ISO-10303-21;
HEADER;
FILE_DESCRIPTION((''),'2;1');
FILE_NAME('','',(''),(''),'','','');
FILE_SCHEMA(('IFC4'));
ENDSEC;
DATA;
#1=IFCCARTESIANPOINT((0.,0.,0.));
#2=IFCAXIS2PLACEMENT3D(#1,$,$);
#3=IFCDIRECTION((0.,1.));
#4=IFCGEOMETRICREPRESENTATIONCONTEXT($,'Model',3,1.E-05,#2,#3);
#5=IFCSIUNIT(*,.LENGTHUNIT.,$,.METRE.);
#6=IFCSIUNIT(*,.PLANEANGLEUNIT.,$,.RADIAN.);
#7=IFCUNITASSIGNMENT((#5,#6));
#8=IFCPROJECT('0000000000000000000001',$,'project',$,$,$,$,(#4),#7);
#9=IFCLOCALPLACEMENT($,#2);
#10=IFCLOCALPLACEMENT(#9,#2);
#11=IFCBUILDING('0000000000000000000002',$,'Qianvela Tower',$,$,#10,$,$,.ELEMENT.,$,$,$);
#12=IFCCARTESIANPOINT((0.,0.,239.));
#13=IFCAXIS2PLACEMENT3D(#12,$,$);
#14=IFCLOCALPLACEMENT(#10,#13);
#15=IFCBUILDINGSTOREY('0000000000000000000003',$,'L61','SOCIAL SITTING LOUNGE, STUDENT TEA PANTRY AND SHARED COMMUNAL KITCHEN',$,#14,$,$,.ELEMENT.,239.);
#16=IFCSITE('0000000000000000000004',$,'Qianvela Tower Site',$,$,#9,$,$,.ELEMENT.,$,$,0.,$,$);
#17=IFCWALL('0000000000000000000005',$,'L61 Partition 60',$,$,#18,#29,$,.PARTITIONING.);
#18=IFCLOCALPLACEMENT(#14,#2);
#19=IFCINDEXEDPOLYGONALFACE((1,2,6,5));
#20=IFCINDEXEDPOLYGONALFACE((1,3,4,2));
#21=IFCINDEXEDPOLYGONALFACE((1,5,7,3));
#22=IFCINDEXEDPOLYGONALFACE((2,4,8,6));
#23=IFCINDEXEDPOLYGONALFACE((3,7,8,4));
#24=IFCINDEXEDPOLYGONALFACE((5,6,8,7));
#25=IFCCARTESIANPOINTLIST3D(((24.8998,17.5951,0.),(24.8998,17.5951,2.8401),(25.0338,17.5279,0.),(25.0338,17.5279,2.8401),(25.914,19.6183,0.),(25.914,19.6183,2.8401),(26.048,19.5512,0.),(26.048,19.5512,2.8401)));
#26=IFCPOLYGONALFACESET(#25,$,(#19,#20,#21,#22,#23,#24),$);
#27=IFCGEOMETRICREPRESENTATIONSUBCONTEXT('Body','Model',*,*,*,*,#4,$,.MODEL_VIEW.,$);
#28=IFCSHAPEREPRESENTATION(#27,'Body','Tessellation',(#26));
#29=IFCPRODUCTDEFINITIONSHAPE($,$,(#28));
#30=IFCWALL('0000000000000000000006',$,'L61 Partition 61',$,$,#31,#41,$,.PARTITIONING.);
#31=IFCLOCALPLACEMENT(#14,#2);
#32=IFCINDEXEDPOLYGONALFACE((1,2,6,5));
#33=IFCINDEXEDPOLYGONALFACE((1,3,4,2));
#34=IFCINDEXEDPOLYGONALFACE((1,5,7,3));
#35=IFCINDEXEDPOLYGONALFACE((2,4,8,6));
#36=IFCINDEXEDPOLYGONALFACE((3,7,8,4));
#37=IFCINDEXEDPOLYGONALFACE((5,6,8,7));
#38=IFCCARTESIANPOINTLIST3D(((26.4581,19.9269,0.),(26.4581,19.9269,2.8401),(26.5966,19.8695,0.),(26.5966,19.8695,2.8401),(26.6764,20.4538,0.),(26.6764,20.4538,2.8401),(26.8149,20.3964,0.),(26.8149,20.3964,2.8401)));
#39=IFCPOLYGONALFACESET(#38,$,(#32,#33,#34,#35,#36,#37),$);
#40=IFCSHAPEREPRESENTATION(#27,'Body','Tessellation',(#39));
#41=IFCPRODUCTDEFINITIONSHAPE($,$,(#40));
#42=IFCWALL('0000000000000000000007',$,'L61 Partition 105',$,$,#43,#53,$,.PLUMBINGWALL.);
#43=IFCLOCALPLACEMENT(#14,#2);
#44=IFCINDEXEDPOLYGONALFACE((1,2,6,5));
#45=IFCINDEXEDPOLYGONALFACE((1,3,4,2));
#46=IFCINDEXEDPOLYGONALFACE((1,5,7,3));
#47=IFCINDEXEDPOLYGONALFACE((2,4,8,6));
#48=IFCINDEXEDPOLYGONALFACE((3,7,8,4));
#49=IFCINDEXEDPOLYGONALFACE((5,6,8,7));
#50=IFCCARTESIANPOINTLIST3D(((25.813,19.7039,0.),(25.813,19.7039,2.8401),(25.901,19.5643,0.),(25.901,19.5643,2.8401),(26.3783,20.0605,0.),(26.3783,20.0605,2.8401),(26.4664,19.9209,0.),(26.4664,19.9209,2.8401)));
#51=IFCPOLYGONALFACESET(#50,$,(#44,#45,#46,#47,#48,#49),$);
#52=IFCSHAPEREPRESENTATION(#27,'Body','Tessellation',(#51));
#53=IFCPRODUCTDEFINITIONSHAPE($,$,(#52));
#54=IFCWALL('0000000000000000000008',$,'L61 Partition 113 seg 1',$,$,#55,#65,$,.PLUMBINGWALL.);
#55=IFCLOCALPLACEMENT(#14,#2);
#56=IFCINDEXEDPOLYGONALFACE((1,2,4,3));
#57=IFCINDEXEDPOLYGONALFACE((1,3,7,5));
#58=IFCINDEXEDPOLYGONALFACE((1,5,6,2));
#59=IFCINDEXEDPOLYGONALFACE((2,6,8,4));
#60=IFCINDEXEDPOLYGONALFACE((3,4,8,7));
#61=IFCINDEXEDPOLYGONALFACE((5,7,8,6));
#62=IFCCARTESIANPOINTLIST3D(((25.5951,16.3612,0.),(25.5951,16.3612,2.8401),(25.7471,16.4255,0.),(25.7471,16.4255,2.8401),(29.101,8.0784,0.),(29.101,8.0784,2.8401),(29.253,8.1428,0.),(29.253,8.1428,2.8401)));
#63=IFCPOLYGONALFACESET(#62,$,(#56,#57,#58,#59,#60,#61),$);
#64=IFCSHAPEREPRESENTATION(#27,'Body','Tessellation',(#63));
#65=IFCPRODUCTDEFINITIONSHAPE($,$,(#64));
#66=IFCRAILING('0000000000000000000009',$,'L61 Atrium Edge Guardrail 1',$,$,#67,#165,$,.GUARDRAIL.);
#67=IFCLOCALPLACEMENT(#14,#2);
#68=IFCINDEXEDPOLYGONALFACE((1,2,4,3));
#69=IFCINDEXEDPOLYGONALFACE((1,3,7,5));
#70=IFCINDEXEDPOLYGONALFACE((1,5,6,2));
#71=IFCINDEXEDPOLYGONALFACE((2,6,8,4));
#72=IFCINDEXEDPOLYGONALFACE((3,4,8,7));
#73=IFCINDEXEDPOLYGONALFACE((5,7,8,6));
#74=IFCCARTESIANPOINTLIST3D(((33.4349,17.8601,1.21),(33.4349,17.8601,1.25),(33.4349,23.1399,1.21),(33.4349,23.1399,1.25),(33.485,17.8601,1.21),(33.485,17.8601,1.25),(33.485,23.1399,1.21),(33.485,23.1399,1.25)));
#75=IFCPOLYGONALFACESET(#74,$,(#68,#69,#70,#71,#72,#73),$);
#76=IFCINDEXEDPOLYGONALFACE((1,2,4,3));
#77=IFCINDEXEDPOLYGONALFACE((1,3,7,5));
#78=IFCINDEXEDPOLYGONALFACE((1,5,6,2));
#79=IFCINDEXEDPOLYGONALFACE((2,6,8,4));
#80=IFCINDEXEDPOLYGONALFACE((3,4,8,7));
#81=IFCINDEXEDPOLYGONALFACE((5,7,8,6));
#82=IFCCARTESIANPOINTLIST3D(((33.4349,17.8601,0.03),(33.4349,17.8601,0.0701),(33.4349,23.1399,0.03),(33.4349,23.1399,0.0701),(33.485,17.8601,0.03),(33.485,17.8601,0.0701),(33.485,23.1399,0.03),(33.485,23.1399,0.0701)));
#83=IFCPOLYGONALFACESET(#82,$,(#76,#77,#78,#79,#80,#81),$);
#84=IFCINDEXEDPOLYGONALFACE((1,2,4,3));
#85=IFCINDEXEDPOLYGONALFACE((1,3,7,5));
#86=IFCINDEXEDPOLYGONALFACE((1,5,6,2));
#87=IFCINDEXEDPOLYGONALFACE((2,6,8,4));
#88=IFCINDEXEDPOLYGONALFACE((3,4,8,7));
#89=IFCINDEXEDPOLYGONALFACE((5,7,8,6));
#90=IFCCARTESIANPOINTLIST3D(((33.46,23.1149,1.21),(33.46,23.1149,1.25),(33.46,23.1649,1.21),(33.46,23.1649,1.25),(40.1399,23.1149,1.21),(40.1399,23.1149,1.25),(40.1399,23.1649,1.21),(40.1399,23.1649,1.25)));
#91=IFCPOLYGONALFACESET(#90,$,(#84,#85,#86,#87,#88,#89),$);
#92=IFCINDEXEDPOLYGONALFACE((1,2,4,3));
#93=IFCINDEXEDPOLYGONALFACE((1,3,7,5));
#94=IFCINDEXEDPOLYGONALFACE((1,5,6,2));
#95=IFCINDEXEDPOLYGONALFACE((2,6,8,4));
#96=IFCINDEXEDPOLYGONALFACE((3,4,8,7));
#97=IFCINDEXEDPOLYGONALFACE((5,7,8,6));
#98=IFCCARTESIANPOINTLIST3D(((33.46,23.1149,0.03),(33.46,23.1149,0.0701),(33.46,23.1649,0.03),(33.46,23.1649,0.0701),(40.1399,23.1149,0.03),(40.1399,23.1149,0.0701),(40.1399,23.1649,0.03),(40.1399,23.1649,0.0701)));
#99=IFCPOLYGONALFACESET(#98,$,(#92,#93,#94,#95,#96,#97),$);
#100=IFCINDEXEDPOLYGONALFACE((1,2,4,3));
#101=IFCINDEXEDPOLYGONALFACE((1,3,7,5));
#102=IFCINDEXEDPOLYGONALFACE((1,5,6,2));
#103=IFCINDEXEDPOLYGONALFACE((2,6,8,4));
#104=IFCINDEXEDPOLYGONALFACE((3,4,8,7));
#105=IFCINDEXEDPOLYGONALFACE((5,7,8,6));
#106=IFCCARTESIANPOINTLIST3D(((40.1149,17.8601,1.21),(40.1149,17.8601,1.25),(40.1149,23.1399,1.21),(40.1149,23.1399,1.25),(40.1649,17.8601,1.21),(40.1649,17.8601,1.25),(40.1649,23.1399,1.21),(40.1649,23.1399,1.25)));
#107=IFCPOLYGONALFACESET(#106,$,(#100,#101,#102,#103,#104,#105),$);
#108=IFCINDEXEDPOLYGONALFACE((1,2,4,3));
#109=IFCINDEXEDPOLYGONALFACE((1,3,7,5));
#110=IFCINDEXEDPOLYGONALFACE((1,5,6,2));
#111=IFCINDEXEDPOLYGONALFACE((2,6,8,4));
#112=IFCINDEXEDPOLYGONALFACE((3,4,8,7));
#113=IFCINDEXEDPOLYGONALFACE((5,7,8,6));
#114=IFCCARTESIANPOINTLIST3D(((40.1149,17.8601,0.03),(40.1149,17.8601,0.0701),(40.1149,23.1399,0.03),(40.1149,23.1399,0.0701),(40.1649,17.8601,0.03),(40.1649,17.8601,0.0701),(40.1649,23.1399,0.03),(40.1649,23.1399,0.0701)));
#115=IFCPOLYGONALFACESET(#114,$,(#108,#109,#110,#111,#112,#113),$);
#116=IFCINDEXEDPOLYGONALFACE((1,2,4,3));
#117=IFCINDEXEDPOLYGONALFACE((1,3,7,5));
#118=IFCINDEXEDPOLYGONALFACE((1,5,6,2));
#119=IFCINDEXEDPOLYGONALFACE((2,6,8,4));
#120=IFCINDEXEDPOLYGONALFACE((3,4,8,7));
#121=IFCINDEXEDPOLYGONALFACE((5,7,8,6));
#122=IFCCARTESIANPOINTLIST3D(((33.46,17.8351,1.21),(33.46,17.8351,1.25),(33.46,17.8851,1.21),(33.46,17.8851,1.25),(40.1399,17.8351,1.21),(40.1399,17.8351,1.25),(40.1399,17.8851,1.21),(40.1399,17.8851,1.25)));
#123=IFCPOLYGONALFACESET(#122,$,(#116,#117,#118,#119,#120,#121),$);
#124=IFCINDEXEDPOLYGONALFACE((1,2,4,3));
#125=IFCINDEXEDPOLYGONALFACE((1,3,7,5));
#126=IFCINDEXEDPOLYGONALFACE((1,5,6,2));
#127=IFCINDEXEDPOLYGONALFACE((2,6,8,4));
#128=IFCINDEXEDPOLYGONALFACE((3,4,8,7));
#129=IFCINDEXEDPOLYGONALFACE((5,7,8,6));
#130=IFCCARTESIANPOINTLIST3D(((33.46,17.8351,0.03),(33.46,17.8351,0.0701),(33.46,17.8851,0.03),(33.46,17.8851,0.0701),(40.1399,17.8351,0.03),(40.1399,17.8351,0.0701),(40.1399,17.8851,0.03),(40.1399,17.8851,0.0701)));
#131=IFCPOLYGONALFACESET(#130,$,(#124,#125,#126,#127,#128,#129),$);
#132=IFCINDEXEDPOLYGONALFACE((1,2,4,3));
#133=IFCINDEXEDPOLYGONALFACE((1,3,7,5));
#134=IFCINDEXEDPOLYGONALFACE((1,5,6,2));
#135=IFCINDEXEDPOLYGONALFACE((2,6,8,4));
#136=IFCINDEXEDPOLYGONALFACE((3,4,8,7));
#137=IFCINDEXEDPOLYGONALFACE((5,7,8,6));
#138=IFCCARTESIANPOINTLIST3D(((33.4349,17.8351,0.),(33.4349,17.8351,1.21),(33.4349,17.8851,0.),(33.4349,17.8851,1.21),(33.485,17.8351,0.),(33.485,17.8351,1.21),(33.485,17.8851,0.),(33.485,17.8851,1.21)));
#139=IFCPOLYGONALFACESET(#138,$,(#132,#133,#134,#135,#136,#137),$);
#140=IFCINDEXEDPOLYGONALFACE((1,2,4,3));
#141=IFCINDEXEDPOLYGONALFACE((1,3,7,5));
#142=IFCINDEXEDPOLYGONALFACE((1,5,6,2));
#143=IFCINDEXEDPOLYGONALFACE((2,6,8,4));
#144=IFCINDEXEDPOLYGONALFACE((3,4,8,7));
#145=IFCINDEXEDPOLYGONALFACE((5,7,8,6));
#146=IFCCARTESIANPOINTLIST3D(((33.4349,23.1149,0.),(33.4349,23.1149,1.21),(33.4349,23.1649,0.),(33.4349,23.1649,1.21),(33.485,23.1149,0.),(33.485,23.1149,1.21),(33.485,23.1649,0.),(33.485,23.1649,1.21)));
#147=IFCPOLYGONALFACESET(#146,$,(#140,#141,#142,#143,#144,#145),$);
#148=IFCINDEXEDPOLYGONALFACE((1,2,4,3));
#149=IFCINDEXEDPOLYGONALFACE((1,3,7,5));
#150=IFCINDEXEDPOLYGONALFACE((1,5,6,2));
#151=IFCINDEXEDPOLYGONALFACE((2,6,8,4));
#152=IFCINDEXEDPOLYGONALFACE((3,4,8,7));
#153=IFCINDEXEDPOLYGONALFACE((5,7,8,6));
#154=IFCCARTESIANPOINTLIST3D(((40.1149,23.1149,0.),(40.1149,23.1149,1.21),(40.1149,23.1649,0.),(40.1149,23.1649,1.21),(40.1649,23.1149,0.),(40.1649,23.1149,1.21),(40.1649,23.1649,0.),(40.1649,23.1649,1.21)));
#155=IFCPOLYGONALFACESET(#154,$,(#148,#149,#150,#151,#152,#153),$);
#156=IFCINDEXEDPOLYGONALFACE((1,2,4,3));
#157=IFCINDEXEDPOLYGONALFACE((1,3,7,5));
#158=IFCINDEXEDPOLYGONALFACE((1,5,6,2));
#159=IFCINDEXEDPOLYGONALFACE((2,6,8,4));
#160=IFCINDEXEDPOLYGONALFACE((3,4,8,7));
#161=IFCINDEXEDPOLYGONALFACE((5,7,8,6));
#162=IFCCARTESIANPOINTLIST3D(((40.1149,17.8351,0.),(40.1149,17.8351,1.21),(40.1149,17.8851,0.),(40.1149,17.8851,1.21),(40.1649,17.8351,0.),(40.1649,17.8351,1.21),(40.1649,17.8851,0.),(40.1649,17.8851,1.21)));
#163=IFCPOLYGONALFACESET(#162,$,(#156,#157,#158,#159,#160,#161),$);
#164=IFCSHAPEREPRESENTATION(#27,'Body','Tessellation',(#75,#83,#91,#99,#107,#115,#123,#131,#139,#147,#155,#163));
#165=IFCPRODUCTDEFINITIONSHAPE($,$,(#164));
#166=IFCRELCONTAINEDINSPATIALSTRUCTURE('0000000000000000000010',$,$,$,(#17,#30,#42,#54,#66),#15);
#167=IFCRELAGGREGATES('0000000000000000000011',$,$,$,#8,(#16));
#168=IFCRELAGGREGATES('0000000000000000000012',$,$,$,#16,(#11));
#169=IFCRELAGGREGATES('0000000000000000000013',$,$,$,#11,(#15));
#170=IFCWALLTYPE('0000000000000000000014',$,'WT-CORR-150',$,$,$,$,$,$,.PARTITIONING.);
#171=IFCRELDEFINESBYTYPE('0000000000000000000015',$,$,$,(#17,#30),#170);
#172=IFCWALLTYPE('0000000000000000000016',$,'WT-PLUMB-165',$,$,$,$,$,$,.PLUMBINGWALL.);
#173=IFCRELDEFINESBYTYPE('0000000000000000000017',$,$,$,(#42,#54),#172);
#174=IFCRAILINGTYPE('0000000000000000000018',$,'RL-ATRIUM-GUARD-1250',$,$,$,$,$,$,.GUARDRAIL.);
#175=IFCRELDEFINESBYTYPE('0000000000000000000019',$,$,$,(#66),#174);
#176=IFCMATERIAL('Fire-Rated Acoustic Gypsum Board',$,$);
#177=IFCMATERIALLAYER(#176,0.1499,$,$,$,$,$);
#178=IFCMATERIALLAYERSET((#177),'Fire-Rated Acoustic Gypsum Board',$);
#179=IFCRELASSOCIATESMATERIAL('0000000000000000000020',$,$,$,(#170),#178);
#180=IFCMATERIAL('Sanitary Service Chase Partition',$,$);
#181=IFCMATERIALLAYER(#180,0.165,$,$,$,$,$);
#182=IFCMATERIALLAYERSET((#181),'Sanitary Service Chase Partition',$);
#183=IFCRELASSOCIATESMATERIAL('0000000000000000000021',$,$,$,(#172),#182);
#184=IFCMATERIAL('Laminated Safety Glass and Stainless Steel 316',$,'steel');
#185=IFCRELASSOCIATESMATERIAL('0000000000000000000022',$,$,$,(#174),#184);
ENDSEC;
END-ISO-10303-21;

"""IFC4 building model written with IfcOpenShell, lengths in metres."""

from ifc_helpers import new_model, si_unit, direction, frame, frame_2d, origin, origin_2d, place, context, subcontext, project, spatial, rectangle, extrude, material, layer, layer_set, type_object, element, save


model = new_model("IFC4")

# Units and contexts
model_context = context("Model", 3, precision=1e-05, world=origin(), true_north=direction((0.0, 1.0)))
body_context = subcontext(model_context, "Body", "Model", "MODEL_VIEW")
ifc_project = project(units=[si_unit("LENGTHUNIT", "METRE"), si_unit("PLANEANGLEUNIT", "RADIAN")], contexts=[model_context])

# Site, building, storey
site_placement = place(None, origin())
site = spatial("IfcSite", under=ifc_project, at=site_placement, Name="Qianvela Tower Site", CompositionType="ELEMENT", RefElevation=0.0)
building_placement = place(site_placement, origin())
building = spatial("IfcBuilding", under=site, at=building_placement, Name="Qianvela Tower", CompositionType="ELEMENT")
storey_placement = place(building_placement, frame((0.0, 0.0, 239.0)))
storey = spatial("IfcBuildingStorey", under=building, at=storey_placement, Name="L61", Description="SOCIAL SITTING LOUNGE, STUDENT TEA PANTRY AND SHARED COMMUNAL KITCHEN", CompositionType="ELEMENT", Elevation=239.0)

# Walls
ifc_material_1 = material(Name="Fire-Rated Acoustic Gypsum Board")
ifc_layer_1 = layer(ifc_material_1, 0.1499)
ifc_layer_set_1 = layer_set([ifc_layer_1], Name="Fire-Rated Acoustic Gypsum Board")
wall_type_1 = type_object("IfcWallType", Name="WT-CORR-150", PredefinedType="PARTITIONING", material=ifc_layer_set_1)
wall_1_placement = place(storey_placement, frame((24.9668, 17.5615, 0.0), z_axis=(0.0, 0.0, 1.0), x_axis=(0.44812, 0.893974, 0.0)))
element("IfcWall", 1, at=wall_1_placement, inside=storey, type_object=wall_type_1, Name="L61 Partition 60", PredefinedType="PARTITIONING", context=body_context, shape_type="SweptSolid", body=[
    extrude(rectangle(XDim=2.2632, YDim=0.1499, at=frame_2d((1.1316, 0.0))), origin(), (0.0, 0.0, 1.0), 2.8401),
])
wall_2_placement = place(storey_placement, frame((26.5273, 19.8982, 0.0), z_axis=(0.0, 0.0, 1.0), x_axis=(0.38273, 0.92386, 0.0)))
element("IfcWall", 2, at=wall_2_placement, inside=storey, type_object=wall_type_1, Name="L61 Partition 61", PredefinedType="PARTITIONING", context=body_context, shape_type="SweptSolid", body=[
    extrude(rectangle(XDim=0.5703, YDim=0.1499, at=frame_2d((0.2852, 0.0))), origin(), (0.0, 0.0, 1.0), 2.8401),
])
ifc_material_2 = material(Name="Sanitary Service Chase Partition")
ifc_layer_2 = layer(ifc_material_2, 0.165)
ifc_layer_set_2 = layer_set([ifc_layer_2], Name="Sanitary Service Chase Partition")
wall_type_2 = type_object("IfcWallType", Name="WT-PLUMB-165", PredefinedType="PLUMBINGWALL", material=ifc_layer_set_2)
wall_3_placement = place(storey_placement, frame((26.4224, 19.9907, 0.0), z_axis=(0.0, 0.0, 1.0), x_axis=(-0.845775, -0.53354, 0.0)))
element("IfcWall", 3, at=wall_3_placement, inside=storey, type_object=wall_type_2, Name="L61 Partition 105", PredefinedType="PLUMBINGWALL", context=body_context, shape_type="SweptSolid", body=[
    extrude(rectangle(XDim=0.6685, YDim=0.165, at=frame_2d((0.3342, 0.0))), origin(), (0.0, 0.0, 1.0), 2.8401),
])
wall_4_placement = place(storey_placement, frame((29.177, 8.1106, 0.0), z_axis=(0.0, 0.0, 1.0), x_axis=(-0.389794, 0.920902, 0.0)))
element("IfcWall", 4, at=wall_4_placement, inside=storey, type_object=wall_type_2, Name="L61 Partition 113 seg 1", PredefinedType="PLUMBINGWALL", context=body_context, shape_type="SweptSolid", body=[
    extrude(rectangle(XDim=8.9941, YDim=0.165, at=frame_2d((4.4971, 0.0))), origin(), (0.0, 0.0, 1.0), 2.8401),
])

# Railing
ifc_material_3 = material(Name="Laminated Safety Glass and Stainless Steel 316", Category="steel")
railing_type = type_object("IfcRailingType", Name="RL-ATRIUM-GUARD-1250", PredefinedType="GUARDRAIL", material=ifc_material_3)
railing_placement = place(storey_placement, frame((33.46, 17.8601, 0.0)))
element("IfcRailing", 5, at=railing_placement, inside=storey, type_object=railing_type, Name="L61 Atrium Edge Guardrail 1", PredefinedType="GUARDRAIL", context=body_context, shape_type="SweptSolid", body=[
    extrude(rectangle(XDim=0.05, YDim=0.04, at=origin_2d()), frame((0.0, 0.0, 1.23), z_axis=(0.0, 1.0, 0.0), x_axis=(-1.0, 0.0, 0.0)), (0.0, 0.0, 1.0), 5.2798),
    extrude(rectangle(XDim=0.05, YDim=0.04, at=origin_2d()), frame((0.0, 0.0, 0.05), z_axis=(0.0, 1.0, 0.0), x_axis=(-1.0, 0.0, 0.0)), (0.0, 0.0, 1.0), 5.2798),
    extrude(rectangle(XDim=0.05, YDim=0.04, at=origin_2d()), frame((0.0, 5.2798, 1.23), z_axis=(1.0, 0.0, 0.0), x_axis=(0.0, 1.0, 0.0)), (0.0, 0.0, 1.0), 6.6799),
    extrude(rectangle(XDim=0.05, YDim=0.04, at=origin_2d()), frame((0.0, 5.2798, 0.05), z_axis=(1.0, 0.0, 0.0), x_axis=(0.0, 1.0, 0.0)), (0.0, 0.0, 1.0), 6.6799),
    extrude(rectangle(XDim=0.05, YDim=0.04, at=origin_2d()), frame((6.6799, 5.2798, 1.23), z_axis=(0.0, -1.0, 0.0), x_axis=(1.0, 0.0, 0.0)), (0.0, 0.0, 1.0), 5.2798),
    extrude(rectangle(XDim=0.05, YDim=0.04, at=origin_2d()), frame((6.6799, 5.2798, 0.05), z_axis=(0.0, -1.0, 0.0), x_axis=(1.0, 0.0, 0.0)), (0.0, 0.0, 1.0), 5.2798),
    extrude(rectangle(XDim=0.05, YDim=0.04, at=origin_2d()), frame((6.6799, 0.0, 1.23), z_axis=(-1.0, 0.0, 0.0), x_axis=(0.0, -1.0, 0.0)), (0.0, 0.0, 1.0), 6.6799),
    extrude(rectangle(XDim=0.05, YDim=0.04, at=origin_2d()), frame((6.6799, 0.0, 0.05), z_axis=(-1.0, 0.0, 0.0), x_axis=(0.0, -1.0, 0.0)), (0.0, 0.0, 1.0), 6.6799),
    extrude(rectangle(XDim=0.05, YDim=0.05, at=origin_2d()), origin(), (0.0, 0.0, 1.0), 1.21),
    extrude(rectangle(XDim=0.05, YDim=0.05, at=origin_2d()), frame((0.0, 5.2798, 0.0)), (0.0, 0.0, 1.0), 1.21),
    extrude(rectangle(XDim=0.05, YDim=0.05, at=origin_2d()), frame((6.6799, 5.2798, 0.0)), (0.0, 0.0, 1.0), 1.21),
    extrude(rectangle(XDim=0.05, YDim=0.05, at=origin_2d()), frame((6.6799, 0.0, 0.0)), (0.0, 0.0, 1.0), 1.21),
])

save(model, "model.ifc")
